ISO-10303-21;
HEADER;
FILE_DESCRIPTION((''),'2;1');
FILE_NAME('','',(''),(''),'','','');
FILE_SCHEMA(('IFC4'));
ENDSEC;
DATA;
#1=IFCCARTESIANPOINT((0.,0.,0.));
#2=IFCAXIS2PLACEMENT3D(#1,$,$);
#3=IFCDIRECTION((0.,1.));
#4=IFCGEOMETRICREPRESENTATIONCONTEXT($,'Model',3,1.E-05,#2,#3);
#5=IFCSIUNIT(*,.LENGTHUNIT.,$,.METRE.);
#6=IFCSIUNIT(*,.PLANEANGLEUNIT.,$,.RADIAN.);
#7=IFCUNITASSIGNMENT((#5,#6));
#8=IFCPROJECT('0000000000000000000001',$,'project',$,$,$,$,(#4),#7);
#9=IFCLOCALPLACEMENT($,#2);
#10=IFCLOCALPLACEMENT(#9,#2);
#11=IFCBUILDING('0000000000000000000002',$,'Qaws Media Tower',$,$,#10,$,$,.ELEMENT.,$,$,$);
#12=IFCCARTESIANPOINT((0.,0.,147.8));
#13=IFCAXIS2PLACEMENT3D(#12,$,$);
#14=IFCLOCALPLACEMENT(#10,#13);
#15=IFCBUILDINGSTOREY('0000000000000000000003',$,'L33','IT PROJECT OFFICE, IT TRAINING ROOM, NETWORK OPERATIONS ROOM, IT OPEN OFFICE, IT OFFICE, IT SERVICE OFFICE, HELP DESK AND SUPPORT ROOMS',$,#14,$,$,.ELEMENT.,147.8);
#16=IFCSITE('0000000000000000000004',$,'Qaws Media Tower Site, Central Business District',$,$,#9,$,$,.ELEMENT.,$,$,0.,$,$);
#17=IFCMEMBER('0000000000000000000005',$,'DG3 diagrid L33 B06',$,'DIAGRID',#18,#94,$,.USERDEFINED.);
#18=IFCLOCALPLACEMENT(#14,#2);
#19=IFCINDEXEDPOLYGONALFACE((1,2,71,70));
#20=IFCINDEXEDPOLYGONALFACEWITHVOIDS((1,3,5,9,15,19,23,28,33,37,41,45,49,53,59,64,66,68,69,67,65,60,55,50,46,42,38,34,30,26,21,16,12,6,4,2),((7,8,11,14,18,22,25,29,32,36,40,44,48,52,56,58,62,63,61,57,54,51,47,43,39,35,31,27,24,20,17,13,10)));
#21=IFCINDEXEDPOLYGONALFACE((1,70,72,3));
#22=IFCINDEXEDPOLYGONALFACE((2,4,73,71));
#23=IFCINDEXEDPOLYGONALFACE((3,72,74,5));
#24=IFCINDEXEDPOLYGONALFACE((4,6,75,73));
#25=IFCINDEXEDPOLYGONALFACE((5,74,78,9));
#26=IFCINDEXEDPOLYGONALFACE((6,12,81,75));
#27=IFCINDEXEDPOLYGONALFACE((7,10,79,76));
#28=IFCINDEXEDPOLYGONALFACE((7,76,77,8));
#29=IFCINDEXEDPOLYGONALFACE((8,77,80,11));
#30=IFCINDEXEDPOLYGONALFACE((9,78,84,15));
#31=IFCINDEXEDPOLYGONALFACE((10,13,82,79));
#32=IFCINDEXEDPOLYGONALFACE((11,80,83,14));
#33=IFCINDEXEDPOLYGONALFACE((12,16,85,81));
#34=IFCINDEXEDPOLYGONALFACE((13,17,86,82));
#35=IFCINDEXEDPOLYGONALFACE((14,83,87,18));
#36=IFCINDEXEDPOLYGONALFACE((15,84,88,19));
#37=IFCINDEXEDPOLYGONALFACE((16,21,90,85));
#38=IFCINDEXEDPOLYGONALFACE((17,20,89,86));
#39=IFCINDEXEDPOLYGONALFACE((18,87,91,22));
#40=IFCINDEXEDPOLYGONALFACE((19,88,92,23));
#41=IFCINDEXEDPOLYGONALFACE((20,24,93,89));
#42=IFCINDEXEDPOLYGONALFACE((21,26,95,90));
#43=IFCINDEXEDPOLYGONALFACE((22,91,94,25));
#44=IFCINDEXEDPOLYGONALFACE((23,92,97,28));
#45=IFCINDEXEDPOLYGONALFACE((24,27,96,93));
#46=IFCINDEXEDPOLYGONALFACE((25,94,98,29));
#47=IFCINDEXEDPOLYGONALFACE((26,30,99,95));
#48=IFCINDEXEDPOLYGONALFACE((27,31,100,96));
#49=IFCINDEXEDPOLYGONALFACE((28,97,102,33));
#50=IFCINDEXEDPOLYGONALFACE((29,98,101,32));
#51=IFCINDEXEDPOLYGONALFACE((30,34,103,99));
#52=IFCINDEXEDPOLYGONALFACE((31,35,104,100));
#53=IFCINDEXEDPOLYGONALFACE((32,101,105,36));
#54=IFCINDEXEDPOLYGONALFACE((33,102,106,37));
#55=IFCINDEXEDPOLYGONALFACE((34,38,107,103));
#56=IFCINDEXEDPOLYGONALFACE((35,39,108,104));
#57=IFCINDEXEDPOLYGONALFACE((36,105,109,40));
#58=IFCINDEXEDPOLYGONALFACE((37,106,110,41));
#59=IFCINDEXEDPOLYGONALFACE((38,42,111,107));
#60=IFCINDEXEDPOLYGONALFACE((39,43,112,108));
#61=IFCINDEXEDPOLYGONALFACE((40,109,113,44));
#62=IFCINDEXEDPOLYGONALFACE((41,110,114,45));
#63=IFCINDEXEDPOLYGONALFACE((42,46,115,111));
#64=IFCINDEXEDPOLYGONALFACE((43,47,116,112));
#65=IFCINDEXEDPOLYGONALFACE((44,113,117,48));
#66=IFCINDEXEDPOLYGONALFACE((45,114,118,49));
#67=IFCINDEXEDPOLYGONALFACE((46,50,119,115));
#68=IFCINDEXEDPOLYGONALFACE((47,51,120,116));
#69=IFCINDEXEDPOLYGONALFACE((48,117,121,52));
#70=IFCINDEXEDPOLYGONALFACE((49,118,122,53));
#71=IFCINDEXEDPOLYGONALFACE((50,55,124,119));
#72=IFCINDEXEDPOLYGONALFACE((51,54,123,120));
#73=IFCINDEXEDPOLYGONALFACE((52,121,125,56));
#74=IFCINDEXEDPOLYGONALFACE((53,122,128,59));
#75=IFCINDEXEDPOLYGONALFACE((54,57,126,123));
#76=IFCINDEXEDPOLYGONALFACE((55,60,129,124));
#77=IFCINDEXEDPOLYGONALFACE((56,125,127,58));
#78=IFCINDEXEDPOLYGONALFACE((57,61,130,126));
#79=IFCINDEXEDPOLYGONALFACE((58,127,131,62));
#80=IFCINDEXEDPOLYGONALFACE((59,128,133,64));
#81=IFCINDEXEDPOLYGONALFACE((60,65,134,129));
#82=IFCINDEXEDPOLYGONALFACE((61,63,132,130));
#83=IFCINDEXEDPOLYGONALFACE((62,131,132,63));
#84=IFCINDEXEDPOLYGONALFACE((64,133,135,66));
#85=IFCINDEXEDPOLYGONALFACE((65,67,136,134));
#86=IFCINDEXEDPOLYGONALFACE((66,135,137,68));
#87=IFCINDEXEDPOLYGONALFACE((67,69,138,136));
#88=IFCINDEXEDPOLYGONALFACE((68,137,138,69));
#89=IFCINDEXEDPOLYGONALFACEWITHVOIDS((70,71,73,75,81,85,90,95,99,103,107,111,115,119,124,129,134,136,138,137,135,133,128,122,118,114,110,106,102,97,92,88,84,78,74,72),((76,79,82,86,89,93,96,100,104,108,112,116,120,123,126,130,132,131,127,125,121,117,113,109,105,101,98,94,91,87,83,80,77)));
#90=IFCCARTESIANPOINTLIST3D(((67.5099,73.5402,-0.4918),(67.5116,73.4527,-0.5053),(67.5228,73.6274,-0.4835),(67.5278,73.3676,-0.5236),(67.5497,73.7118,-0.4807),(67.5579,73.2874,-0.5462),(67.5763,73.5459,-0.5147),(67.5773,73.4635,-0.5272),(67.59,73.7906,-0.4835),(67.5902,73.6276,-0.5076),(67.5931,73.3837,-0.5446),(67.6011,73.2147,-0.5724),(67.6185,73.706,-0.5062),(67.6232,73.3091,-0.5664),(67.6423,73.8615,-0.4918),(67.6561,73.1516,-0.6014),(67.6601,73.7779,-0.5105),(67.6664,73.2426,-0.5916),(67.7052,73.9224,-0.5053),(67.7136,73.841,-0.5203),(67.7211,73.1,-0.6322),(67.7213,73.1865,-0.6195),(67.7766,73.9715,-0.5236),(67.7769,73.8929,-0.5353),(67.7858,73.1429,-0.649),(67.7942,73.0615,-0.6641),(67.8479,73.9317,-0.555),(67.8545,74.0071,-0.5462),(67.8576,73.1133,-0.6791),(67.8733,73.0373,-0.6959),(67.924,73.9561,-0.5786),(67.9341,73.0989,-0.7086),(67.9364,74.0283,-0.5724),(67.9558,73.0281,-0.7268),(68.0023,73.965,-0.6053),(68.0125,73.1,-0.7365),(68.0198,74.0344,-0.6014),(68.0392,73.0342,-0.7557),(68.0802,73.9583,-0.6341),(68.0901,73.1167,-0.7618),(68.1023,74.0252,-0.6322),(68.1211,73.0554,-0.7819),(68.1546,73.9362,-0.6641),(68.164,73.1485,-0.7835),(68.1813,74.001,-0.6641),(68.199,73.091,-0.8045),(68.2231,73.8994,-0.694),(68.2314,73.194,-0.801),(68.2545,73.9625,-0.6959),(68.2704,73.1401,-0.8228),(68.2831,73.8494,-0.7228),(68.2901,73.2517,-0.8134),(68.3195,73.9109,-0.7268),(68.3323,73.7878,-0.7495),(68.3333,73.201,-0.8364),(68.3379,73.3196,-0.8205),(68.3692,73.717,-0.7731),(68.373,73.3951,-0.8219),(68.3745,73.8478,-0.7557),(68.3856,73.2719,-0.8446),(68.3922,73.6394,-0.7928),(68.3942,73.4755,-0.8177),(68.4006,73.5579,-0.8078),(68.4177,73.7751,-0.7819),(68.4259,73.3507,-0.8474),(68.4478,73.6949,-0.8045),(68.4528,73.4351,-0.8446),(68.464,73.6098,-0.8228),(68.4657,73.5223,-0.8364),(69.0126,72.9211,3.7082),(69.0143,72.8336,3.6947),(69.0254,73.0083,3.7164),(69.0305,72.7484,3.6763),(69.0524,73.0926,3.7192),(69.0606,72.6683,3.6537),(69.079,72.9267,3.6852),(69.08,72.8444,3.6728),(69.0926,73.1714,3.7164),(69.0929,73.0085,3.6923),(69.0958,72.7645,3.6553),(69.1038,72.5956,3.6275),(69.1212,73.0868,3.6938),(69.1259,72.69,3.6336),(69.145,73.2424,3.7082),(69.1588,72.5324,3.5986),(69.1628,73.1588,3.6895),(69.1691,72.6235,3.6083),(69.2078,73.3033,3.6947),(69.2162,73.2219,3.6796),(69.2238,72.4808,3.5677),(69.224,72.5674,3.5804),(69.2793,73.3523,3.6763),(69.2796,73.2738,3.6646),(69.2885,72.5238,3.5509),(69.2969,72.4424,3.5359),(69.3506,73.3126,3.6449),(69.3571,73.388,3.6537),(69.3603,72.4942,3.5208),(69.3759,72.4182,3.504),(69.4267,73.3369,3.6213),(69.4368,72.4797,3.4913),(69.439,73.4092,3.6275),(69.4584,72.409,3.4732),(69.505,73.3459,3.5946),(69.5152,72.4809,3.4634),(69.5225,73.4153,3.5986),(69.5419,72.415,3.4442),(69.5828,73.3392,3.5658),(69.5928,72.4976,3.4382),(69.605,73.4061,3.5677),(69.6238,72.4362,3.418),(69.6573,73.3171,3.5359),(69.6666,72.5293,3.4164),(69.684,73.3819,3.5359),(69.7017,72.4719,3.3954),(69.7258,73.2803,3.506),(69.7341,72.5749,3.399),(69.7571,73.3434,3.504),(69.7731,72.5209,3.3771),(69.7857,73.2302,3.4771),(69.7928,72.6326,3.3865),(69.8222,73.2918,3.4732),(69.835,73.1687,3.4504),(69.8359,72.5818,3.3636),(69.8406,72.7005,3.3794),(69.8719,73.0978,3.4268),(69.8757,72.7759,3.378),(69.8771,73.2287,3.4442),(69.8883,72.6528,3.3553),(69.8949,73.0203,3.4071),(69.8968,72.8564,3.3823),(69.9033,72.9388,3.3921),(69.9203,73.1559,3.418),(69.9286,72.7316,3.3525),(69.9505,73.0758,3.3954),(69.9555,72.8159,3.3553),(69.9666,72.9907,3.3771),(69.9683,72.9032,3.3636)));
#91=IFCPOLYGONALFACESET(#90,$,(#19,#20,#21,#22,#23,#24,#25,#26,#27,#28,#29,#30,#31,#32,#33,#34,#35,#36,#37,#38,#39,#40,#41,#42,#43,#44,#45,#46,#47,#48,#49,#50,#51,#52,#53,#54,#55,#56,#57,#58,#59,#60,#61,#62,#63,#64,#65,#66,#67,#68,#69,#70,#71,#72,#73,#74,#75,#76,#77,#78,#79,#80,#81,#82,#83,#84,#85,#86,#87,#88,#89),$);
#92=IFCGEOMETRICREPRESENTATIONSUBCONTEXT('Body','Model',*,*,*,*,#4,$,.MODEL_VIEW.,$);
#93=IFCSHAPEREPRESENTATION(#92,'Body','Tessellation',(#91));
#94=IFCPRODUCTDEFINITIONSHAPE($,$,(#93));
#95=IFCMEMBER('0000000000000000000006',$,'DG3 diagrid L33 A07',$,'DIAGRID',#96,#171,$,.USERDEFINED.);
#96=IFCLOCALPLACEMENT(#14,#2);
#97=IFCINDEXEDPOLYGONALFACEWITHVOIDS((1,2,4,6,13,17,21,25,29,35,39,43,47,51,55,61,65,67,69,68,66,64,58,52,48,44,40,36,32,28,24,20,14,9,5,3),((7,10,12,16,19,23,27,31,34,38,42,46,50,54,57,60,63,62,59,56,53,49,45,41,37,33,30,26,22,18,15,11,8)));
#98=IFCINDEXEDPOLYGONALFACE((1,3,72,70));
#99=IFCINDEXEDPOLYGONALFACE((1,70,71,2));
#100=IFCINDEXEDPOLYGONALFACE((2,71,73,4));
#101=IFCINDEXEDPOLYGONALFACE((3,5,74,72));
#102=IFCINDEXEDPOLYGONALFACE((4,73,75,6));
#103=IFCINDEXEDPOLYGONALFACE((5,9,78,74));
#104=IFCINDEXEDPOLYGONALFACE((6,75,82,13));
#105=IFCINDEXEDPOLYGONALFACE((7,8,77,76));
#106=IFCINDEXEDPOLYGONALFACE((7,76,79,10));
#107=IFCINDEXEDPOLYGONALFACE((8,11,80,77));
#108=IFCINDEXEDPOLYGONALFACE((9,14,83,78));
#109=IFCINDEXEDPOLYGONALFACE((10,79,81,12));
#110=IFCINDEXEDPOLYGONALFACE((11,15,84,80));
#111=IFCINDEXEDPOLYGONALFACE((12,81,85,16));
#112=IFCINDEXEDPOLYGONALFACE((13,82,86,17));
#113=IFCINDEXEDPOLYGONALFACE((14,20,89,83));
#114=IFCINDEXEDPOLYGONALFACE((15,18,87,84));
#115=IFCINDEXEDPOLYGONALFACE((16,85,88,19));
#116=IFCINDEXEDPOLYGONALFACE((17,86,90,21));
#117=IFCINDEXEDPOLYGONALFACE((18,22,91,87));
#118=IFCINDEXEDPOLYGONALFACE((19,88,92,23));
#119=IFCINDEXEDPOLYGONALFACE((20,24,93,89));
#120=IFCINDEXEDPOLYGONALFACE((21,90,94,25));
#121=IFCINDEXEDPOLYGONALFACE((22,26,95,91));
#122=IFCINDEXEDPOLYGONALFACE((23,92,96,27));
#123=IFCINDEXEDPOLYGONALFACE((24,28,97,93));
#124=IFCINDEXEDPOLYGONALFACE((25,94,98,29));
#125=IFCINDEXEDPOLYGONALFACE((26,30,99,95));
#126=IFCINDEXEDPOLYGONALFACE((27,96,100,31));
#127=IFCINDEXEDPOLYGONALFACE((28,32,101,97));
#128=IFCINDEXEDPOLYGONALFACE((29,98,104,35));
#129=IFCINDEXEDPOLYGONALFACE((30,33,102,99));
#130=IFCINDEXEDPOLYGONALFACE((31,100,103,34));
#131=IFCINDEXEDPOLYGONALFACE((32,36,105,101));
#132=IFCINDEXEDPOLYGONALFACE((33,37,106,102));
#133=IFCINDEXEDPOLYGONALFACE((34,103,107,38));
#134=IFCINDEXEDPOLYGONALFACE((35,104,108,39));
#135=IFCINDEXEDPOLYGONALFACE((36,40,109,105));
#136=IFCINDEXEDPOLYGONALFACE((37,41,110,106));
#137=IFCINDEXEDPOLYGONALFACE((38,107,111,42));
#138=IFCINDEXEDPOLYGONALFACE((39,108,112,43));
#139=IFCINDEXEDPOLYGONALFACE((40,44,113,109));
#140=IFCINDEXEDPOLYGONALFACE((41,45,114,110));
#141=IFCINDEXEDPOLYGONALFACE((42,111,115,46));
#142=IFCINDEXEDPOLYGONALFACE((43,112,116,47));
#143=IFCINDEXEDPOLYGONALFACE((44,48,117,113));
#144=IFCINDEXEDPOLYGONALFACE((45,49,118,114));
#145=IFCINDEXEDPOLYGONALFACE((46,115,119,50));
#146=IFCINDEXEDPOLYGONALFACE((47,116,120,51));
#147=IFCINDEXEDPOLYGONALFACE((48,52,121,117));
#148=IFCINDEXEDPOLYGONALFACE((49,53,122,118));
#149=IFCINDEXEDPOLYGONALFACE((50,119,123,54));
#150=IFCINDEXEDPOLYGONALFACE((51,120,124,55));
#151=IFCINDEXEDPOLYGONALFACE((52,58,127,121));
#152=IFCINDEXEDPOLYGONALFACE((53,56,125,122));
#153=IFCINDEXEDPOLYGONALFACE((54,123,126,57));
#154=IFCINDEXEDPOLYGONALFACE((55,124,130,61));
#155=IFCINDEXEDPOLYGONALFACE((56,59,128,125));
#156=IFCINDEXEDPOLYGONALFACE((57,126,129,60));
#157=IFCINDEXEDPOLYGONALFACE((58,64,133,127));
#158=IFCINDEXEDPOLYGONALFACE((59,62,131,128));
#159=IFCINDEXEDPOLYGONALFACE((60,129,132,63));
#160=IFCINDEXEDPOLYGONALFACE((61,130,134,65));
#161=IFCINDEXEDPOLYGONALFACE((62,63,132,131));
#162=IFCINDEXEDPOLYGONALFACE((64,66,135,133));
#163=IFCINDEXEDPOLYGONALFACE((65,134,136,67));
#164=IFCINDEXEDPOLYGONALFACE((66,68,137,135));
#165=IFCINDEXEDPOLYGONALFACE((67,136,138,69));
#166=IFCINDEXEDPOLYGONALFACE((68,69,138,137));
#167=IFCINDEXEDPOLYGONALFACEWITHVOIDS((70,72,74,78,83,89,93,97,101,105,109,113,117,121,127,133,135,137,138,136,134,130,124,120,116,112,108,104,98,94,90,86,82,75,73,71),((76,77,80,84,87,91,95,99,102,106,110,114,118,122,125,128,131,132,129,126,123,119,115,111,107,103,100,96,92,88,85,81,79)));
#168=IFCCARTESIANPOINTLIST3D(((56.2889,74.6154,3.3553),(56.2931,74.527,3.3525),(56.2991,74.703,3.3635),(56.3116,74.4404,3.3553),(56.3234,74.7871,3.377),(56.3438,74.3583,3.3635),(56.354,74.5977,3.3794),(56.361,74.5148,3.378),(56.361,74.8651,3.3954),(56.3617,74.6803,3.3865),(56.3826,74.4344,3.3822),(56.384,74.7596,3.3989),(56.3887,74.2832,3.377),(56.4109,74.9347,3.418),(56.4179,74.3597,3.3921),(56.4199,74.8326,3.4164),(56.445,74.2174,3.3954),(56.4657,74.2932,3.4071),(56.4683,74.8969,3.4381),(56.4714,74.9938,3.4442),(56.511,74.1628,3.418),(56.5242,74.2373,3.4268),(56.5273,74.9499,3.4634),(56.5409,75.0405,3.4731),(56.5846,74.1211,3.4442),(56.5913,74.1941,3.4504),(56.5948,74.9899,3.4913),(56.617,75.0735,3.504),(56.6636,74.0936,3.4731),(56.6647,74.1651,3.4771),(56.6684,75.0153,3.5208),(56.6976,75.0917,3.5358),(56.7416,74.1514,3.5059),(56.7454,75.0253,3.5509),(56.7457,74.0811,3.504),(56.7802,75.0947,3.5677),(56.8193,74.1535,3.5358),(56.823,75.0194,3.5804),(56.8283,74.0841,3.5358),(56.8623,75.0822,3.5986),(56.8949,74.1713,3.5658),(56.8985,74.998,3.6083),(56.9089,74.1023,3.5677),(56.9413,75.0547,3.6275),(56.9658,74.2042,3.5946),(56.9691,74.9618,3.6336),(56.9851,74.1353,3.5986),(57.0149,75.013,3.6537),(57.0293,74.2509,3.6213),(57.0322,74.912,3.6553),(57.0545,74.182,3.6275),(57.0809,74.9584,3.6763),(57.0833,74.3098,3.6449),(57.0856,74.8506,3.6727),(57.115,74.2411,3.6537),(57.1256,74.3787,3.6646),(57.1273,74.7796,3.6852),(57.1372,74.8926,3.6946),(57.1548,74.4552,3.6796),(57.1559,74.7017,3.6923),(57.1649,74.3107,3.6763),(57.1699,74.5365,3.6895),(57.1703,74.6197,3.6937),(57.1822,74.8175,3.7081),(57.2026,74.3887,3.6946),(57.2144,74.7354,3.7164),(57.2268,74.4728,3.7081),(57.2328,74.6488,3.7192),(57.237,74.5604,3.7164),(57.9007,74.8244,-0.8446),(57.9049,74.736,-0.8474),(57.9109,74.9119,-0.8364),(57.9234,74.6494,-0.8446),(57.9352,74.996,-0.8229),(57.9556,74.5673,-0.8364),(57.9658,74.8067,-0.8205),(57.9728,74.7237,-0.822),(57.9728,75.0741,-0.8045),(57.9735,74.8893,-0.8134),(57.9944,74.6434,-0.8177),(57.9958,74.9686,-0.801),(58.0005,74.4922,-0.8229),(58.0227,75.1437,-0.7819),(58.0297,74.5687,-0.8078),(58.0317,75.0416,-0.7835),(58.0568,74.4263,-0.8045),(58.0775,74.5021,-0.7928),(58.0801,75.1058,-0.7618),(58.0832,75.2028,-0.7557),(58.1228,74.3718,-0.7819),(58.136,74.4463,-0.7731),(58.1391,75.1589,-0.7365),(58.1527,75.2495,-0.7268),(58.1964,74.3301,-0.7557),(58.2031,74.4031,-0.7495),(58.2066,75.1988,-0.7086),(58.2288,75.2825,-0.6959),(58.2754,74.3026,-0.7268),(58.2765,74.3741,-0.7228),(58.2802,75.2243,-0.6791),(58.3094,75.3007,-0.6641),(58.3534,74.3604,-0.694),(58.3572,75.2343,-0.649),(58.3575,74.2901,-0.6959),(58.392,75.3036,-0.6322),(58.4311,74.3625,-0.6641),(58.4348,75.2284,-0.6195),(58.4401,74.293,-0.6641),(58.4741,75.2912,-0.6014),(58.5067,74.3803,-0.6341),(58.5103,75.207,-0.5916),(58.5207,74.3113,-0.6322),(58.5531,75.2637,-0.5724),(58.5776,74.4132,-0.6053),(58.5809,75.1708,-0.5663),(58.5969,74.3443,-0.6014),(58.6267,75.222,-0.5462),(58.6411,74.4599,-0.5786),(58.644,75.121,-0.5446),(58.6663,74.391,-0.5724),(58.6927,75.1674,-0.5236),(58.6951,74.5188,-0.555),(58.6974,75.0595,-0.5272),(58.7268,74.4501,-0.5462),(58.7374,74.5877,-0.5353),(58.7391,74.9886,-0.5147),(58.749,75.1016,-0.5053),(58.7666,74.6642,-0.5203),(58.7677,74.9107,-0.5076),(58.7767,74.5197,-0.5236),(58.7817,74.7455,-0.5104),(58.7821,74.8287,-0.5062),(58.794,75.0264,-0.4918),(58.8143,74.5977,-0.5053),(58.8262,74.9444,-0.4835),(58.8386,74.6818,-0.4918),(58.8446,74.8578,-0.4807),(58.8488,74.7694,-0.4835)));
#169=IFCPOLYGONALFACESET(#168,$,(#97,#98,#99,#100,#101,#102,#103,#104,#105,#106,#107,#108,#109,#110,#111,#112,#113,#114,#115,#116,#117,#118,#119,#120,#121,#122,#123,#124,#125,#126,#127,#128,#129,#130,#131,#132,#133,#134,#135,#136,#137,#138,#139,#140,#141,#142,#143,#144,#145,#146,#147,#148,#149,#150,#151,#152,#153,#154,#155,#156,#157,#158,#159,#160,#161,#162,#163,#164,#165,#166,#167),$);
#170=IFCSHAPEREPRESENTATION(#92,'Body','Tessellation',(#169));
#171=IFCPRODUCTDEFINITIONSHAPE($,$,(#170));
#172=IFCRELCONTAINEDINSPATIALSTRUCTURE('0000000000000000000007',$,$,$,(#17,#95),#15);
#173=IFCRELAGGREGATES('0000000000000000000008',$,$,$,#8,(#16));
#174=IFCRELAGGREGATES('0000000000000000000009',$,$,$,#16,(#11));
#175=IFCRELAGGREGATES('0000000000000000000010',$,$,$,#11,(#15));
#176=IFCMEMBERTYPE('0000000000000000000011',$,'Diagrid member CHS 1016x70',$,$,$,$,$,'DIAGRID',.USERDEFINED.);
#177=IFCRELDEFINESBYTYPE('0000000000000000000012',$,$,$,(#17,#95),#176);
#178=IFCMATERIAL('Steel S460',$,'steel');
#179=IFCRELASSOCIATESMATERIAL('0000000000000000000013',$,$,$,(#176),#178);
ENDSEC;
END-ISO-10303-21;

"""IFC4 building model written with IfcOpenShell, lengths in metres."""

from ifc_helpers import new_model, si_unit, direction, frame, origin, origin_2d, place, context, subcontext, project, spatial, hollow_circle, extrude, material, material_profile, profile_set, type_object, element, save


model = new_model("IFC4")

# Units and contexts
model_context = context("Model", 3, precision=1e-05, world=origin(), true_north=direction((0.0, 1.0)))
body_context = subcontext(model_context, "Body", "Model", "MODEL_VIEW")
ifc_project = project(units=[si_unit("LENGTHUNIT", "METRE"), si_unit("PLANEANGLEUNIT", "RADIAN")], contexts=[model_context])

# Site, building, storey
site_placement = place(None, origin())
site = spatial("IfcSite", under=ifc_project, at=site_placement, Name="Qaws Media Tower Site, Central Business District", CompositionType="ELEMENT", RefElevation=0.0)
building_placement = place(site_placement, origin())
building = spatial("IfcBuilding", under=site, at=building_placement, Name="Qaws Media Tower", CompositionType="ELEMENT")
storey_placement = place(building_placement, frame((0.0, 0.0, 147.8)))
storey = spatial("IfcBuildingStorey", under=building, at=storey_placement, Name="L33", Description="IT PROJECT OFFICE, IT TRAINING ROOM, NETWORK OPERATIONS ROOM, IT OPEN OFFICE, IT OFFICE, IT SERVICE OFFICE, HELP DESK AND SUPPORT ROOMS", CompositionType="ELEMENT", Elevation=147.8)

# Members
ifc_material_1 = material(Name="Steel S460", Category="steel")
ifc_material_profile_1 = material_profile(ifc_material_1, hollow_circle(Radius=0.5081, WallThickness=0.0701, at=origin_2d()), Name="CHS 1016x70")
ifc_profile_set_1 = profile_set([ifc_material_profile_1], Name="Steel S460")
member_type_1 = type_object("IfcMemberType", Name="Diagrid member CHS 1016x70", ElementType="DIAGRID", PredefinedType="USERDEFINED", material=ifc_profile_set_1)
for number, where, z_axis, x_axis, name in (
    (1, (67.9878, 73.5312, -0.6641), (0.333675, -0.137482, 0.932609), (0.380954, 0.924594, 0.0), "DG3 diagrid L33 B06"),
    (2, (58.3748, 74.7969, -0.6641), (-0.357906, -0.046405, 0.932604), (0.128581, -0.991699, 0.0), "DG3 diagrid L33 A07"),
):
    element("IfcMember", number, at=place(storey_placement, frame(where, z_axis=z_axis, x_axis=x_axis)), inside=storey, type_object=member_type_1, Name=name, ObjectType="DIAGRID", PredefinedType="USERDEFINED", context=body_context, shape_type="SweptSolid", body=[
        extrude(hollow_circle(Radius=0.5081, WallThickness=0.0701, at=origin_2d()), origin(), (0.0, 0.0, 1.0), 4.5034),
    ])

save(model, "model.ifc")
